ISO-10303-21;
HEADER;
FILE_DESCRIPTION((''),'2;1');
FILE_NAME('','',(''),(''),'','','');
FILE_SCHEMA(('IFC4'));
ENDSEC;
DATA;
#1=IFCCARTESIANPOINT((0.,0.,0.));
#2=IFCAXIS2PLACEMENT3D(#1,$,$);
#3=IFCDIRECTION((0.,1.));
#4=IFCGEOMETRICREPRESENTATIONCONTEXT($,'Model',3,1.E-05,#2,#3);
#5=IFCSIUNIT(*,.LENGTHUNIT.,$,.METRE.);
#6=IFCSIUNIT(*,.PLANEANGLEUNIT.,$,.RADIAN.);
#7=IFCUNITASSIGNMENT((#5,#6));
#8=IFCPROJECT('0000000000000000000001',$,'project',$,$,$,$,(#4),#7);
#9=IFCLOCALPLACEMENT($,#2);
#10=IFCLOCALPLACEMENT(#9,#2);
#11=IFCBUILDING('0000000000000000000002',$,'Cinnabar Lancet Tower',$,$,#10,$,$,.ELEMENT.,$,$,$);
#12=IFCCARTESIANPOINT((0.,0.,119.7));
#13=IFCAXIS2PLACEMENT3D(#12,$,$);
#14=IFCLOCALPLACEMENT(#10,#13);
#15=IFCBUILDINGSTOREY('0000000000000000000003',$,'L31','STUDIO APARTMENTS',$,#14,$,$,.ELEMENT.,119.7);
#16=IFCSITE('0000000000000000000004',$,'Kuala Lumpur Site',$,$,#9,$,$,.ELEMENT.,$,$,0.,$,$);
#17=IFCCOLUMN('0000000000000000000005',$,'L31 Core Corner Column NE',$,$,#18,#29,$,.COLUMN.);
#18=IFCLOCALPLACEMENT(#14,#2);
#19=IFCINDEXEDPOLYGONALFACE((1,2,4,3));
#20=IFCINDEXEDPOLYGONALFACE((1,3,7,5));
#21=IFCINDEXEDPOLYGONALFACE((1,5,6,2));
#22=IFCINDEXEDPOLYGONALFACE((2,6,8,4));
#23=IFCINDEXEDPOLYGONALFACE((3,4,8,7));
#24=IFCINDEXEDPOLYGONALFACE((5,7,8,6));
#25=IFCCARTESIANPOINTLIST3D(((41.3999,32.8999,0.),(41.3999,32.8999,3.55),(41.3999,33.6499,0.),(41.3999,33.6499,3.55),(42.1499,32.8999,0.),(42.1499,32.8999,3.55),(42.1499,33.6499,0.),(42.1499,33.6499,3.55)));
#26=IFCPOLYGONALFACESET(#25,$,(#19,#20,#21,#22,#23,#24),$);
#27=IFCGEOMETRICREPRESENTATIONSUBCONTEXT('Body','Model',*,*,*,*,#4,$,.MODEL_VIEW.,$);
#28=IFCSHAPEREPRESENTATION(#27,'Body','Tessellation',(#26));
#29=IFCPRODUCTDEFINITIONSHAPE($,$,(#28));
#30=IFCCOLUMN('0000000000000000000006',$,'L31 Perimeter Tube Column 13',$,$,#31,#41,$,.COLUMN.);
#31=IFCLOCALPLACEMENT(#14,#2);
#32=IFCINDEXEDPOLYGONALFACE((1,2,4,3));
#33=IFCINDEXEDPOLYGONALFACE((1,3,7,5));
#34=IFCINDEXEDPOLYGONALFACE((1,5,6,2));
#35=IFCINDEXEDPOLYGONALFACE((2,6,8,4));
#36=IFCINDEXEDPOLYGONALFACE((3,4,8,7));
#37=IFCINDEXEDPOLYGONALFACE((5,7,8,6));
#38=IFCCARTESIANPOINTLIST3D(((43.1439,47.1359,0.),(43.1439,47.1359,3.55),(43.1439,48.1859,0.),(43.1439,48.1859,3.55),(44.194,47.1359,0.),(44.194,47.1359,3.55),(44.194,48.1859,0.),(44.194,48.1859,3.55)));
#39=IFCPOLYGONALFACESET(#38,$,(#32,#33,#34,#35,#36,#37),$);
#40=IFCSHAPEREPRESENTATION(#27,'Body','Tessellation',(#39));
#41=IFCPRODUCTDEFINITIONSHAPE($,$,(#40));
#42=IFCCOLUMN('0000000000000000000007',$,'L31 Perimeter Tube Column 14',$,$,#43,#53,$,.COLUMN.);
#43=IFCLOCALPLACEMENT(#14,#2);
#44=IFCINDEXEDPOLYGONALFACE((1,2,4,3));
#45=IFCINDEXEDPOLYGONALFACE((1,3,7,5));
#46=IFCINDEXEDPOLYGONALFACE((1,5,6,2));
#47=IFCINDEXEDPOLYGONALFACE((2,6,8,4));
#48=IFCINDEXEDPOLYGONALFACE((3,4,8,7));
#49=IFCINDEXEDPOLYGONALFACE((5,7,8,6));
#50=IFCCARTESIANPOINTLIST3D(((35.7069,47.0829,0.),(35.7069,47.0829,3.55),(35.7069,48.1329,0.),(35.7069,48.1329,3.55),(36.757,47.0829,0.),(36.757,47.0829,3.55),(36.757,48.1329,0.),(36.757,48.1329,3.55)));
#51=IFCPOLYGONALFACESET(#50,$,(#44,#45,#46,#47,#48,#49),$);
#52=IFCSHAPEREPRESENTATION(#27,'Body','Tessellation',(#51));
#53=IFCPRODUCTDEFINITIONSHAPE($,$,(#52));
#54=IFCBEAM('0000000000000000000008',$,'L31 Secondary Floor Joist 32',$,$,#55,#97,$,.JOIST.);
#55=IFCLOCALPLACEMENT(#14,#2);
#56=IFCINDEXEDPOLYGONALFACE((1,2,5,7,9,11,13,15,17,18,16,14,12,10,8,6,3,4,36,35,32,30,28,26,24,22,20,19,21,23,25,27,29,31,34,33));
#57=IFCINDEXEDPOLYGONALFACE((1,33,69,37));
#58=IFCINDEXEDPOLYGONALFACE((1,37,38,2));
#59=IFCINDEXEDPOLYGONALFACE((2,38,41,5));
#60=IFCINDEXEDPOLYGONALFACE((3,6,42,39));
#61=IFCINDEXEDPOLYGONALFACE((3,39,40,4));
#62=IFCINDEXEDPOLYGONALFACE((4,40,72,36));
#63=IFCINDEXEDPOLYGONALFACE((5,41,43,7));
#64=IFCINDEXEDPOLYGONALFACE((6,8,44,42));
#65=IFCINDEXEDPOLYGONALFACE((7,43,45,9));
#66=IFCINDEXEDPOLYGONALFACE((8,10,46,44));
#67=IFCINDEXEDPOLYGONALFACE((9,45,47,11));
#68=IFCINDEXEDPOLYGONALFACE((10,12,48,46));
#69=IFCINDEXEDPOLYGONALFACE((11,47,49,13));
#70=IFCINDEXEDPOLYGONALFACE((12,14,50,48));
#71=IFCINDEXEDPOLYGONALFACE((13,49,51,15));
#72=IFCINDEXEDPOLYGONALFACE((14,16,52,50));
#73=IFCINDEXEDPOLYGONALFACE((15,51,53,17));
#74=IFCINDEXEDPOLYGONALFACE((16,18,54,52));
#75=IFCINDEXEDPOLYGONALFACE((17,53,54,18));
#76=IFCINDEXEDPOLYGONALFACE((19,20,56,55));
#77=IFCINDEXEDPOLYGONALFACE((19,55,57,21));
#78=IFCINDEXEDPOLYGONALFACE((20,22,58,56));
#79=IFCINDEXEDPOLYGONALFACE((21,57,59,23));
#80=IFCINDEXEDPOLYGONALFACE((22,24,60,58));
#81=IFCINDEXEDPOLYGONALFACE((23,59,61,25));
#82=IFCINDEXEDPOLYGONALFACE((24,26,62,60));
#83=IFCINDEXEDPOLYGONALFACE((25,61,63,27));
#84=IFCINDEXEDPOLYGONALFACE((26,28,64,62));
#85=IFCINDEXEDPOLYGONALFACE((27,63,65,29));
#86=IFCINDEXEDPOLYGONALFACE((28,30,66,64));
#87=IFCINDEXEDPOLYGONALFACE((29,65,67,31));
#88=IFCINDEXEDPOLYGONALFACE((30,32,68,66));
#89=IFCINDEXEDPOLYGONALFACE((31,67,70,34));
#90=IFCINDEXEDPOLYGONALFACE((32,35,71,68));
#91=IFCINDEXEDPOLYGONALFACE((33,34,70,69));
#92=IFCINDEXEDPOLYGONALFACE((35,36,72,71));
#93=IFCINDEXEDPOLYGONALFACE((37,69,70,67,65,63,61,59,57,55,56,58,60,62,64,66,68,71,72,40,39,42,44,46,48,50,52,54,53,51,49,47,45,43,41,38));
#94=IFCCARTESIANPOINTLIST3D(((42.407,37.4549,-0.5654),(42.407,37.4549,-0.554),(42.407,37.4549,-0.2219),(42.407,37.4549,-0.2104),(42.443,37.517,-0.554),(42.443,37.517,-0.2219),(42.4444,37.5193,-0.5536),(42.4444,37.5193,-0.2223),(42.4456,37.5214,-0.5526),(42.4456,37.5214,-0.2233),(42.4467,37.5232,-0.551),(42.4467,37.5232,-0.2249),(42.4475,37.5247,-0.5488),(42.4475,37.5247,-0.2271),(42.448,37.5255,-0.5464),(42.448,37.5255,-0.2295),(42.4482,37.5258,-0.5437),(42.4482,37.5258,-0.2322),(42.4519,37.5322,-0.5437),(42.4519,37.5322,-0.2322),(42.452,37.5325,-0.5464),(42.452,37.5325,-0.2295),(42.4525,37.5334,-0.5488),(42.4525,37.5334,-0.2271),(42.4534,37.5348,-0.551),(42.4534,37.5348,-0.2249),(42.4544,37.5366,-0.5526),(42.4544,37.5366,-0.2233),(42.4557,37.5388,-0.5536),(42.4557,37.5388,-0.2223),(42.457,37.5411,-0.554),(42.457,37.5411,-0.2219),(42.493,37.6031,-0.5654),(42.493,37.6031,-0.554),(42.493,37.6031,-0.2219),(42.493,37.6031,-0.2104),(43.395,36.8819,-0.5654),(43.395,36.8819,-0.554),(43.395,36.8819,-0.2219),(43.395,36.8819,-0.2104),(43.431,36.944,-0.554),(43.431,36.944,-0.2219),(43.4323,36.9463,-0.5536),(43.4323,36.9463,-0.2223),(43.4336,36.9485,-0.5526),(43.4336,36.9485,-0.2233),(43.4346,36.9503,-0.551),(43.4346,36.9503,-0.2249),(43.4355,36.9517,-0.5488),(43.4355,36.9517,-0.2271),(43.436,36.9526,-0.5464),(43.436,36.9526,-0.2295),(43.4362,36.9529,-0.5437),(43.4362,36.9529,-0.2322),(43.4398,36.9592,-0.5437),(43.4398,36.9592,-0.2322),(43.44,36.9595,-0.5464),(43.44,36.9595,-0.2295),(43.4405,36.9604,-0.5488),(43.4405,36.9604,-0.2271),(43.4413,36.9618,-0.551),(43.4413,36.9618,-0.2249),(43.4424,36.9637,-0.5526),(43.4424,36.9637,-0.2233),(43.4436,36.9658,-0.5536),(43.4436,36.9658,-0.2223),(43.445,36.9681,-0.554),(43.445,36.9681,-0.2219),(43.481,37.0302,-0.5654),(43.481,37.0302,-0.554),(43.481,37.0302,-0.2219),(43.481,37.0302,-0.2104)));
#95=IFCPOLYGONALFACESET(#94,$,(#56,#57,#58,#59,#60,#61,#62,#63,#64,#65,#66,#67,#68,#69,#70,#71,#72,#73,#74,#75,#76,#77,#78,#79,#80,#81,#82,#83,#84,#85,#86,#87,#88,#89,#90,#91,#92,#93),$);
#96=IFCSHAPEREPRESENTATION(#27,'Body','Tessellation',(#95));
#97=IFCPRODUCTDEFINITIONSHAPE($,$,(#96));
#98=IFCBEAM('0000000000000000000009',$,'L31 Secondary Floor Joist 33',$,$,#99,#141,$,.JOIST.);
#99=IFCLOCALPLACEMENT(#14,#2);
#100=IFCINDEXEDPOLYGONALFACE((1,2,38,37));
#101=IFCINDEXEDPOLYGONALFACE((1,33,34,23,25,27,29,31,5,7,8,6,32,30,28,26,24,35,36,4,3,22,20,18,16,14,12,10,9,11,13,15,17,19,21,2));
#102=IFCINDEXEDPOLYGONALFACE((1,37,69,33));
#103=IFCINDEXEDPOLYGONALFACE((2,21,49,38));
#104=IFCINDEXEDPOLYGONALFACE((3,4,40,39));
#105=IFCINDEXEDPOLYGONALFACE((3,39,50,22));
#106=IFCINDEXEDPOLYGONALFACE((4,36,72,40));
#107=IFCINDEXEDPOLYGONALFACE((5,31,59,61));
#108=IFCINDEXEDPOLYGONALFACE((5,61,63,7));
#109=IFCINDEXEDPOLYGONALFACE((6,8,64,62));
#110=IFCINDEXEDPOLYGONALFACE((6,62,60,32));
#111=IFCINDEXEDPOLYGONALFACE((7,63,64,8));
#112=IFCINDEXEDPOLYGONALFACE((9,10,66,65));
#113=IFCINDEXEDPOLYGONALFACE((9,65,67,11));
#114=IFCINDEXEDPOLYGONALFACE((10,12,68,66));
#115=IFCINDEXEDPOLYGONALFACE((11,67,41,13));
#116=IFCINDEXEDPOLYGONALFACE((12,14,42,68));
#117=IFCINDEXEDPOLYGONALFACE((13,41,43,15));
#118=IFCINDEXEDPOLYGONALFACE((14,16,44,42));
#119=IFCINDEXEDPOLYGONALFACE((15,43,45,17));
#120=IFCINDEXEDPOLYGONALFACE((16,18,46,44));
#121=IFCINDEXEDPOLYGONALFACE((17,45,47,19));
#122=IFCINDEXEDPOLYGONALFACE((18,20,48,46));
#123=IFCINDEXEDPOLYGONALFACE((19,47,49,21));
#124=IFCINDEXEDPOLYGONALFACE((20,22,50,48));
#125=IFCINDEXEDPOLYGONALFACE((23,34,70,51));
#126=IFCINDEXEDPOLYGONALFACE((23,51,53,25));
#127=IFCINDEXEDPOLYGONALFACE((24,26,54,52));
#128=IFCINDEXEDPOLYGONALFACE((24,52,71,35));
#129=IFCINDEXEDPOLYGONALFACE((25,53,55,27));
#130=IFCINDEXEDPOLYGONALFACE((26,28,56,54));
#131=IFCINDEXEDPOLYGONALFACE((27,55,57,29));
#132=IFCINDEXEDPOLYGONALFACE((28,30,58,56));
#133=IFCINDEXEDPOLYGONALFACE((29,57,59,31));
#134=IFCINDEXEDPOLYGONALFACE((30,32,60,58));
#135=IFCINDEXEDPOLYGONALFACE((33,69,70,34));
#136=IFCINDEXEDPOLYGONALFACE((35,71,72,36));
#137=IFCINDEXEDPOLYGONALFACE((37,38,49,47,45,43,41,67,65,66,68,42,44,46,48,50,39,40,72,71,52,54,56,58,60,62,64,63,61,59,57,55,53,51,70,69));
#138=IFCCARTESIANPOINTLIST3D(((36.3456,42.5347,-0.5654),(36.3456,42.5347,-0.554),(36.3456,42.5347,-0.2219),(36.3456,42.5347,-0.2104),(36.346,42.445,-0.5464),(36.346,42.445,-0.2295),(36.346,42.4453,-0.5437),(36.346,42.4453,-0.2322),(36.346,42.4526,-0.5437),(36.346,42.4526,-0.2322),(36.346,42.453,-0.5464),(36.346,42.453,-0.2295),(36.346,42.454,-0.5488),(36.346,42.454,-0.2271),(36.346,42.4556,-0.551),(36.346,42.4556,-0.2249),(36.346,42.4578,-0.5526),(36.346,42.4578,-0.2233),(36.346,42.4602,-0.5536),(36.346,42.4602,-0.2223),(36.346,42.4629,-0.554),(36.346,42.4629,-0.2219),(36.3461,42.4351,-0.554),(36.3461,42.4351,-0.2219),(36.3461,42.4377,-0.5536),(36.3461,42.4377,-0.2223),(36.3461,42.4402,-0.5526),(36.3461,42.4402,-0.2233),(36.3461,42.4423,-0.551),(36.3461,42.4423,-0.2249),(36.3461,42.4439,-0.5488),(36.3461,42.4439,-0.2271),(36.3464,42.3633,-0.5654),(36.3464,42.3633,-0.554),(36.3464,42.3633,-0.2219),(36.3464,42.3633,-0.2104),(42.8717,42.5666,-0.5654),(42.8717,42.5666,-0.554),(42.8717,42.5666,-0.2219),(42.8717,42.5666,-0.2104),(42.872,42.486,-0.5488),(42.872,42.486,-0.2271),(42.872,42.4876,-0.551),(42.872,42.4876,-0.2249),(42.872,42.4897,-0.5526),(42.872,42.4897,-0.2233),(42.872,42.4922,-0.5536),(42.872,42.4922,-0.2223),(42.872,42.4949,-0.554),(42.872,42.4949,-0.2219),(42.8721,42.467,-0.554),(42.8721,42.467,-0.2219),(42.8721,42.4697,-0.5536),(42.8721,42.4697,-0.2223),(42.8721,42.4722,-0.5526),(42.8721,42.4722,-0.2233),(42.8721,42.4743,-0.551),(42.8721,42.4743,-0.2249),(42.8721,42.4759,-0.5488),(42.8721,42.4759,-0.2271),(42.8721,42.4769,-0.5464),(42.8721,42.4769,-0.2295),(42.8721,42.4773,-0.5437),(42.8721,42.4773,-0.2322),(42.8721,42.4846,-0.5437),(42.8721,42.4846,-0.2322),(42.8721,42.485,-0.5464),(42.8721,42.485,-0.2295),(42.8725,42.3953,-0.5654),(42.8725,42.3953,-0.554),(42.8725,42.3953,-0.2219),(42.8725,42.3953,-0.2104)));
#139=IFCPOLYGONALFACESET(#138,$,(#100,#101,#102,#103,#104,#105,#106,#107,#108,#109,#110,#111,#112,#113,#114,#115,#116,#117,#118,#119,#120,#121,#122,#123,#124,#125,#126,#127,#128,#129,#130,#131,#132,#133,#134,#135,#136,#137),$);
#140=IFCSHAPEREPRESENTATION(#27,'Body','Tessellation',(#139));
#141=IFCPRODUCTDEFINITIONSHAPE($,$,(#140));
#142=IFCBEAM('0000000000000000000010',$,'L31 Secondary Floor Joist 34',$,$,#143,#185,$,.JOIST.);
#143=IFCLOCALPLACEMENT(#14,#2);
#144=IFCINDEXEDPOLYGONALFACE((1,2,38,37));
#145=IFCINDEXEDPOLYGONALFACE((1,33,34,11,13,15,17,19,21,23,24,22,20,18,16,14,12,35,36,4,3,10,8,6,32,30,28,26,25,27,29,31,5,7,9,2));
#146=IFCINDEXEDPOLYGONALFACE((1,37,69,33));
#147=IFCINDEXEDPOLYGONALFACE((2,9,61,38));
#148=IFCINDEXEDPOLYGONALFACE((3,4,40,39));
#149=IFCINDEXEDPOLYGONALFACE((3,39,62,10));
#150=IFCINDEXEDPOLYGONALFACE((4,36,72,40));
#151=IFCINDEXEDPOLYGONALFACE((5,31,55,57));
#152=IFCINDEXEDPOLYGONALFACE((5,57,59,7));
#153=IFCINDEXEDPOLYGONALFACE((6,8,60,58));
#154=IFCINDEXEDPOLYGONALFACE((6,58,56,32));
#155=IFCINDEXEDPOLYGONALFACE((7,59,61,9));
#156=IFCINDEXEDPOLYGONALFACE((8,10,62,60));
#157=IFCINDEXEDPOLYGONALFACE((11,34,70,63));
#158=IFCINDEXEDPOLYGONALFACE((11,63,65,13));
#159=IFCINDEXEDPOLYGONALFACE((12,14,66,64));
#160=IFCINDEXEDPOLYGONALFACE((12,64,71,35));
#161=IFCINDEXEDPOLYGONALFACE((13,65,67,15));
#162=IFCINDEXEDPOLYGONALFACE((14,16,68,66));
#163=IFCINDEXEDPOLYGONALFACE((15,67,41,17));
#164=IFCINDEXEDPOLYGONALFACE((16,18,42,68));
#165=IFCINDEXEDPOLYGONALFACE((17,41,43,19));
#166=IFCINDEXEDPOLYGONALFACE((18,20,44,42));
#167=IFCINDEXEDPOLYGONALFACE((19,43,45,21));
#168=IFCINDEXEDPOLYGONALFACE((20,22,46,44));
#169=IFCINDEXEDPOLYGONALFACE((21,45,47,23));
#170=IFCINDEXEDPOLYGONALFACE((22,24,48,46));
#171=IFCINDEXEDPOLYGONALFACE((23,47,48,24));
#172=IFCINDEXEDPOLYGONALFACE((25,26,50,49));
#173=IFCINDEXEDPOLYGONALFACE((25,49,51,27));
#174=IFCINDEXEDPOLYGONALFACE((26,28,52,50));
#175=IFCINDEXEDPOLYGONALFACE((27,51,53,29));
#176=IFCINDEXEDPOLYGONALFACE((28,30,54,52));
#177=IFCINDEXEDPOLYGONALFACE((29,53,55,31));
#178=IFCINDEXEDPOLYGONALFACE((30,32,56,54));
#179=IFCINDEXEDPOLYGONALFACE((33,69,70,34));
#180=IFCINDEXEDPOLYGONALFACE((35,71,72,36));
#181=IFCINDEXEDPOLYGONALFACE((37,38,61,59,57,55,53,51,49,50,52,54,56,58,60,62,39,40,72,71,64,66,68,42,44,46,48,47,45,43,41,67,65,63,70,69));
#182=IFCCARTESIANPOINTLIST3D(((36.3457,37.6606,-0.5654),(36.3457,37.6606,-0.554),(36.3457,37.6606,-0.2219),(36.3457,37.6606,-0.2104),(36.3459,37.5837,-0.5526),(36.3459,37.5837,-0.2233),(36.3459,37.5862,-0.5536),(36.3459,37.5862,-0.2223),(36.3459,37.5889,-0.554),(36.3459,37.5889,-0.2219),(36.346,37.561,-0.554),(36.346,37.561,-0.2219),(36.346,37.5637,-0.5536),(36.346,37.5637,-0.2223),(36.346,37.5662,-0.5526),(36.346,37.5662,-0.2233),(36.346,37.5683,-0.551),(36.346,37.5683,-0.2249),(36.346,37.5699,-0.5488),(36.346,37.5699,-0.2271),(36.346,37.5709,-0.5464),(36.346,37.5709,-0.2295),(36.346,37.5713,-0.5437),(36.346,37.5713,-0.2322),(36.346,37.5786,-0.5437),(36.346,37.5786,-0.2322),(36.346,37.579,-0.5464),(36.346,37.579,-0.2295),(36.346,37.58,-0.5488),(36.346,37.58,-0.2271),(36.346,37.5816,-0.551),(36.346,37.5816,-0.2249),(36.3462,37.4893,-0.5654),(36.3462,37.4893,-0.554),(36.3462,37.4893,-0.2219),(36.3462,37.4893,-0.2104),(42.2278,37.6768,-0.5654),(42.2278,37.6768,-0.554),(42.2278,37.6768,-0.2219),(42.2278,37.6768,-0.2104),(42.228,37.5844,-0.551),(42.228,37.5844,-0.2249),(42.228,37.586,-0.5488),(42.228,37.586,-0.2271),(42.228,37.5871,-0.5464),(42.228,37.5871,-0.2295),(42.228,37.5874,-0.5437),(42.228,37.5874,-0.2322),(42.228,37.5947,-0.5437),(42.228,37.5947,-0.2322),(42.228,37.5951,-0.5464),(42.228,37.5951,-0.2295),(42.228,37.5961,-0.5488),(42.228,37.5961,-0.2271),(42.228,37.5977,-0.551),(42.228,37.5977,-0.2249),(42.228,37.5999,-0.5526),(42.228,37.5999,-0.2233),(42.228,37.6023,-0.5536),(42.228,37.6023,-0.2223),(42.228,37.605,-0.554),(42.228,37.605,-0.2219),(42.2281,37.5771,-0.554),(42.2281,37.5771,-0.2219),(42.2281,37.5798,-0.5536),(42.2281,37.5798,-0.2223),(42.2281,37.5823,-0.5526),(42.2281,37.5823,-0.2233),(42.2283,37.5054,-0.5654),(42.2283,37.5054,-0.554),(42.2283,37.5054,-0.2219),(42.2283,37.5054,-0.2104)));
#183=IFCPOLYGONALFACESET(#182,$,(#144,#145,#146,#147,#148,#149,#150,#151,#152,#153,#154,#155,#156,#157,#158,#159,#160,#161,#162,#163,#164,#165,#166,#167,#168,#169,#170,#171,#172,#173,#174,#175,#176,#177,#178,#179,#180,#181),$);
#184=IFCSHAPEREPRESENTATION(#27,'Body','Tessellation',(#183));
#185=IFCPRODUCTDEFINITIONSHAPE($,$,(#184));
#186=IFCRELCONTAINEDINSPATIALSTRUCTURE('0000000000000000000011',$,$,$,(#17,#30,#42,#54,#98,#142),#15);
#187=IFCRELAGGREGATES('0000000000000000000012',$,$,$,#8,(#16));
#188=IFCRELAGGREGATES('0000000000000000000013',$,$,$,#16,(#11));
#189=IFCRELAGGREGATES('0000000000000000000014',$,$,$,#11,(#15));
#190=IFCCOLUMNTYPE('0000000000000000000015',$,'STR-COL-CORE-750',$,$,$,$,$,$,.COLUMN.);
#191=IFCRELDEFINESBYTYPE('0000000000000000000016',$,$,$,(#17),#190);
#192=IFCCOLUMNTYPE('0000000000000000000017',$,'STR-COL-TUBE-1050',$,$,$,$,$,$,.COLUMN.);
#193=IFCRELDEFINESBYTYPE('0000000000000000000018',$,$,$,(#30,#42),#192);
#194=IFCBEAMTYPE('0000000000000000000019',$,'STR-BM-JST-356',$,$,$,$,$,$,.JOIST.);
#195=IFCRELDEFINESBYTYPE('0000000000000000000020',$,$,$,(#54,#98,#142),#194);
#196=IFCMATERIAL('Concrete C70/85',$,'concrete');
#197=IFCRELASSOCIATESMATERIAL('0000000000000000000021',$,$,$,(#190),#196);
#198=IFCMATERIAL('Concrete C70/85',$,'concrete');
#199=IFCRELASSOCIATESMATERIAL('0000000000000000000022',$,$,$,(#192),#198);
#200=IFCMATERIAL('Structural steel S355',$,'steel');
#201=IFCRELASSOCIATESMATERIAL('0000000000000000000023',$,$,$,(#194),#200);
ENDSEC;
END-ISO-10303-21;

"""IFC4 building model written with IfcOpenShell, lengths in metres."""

from ifc_helpers import new_model, si_unit, direction, frame, origin, origin_2d, place, context, subcontext, project, spatial, rectangle, i_section, extrude, material, material_profile, profile_set, type_object, element, save


model = new_model("IFC4")

# Units and contexts
model_context = context("Model", 3, precision=1e-05, world=origin(), true_north=direction((0.0, 1.0)))
body_context = subcontext(model_context, "Body", "Model", "MODEL_VIEW")
ifc_project = project(units=[si_unit("LENGTHUNIT", "METRE"), si_unit("PLANEANGLEUNIT", "RADIAN")], contexts=[model_context])

# Site, building, storey
site_placement = place(None, origin())
site = spatial("IfcSite", under=ifc_project, at=site_placement, Name="Kuala Lumpur Site", CompositionType="ELEMENT", RefElevation=0.0)
building_placement = place(site_placement, origin())
building = spatial("IfcBuilding", under=site, at=building_placement, Name="Cinnabar Lancet Tower", CompositionType="ELEMENT")
storey_placement = place(building_placement, frame((0.0, 0.0, 119.7)))
storey = spatial("IfcBuildingStorey", under=building, at=storey_placement, Name="L31", Description="STUDIO APARTMENTS", CompositionType="ELEMENT", Elevation=119.7)

# Columns
ifc_material_1 = material(Name="Concrete C70/85", Category="concrete")
ifc_material_profile_1 = material_profile(ifc_material_1, rectangle(XDim=0.75, YDim=0.75, at=origin_2d()), Name="RC-COL 750x750")
ifc_profile_set_1 = profile_set([ifc_material_profile_1], Name="Concrete C70/85")
column_type_1 = type_object("IfcColumnType", Name="STR-COL-CORE-750", PredefinedType="COLUMN", material=ifc_profile_set_1)
column_placement = place(storey_placement, frame((41.7749, 33.2749, 0.0), z_axis=(0.0, 0.0, 1.0), x_axis=(1.0, 0.0, 0.0)))
element("IfcColumn", 1, at=column_placement, inside=storey, type_object=column_type_1, Name="L31 Core Corner Column NE", PredefinedType="COLUMN", context=body_context, shape_type="SweptSolid", body=[
    extrude(rectangle(XDim=0.75, YDim=0.75, at=origin_2d()), origin(), (0.0, 0.0, 1.0), 3.55),
])
ifc_material_2 = material(Name="Concrete C70/85", Category="concrete")
ifc_material_profile_2 = material_profile(ifc_material_2, rectangle(XDim=1.05, YDim=1.05, at=origin_2d()), Name="RC-COL 1050x1050")
ifc_profile_set_2 = profile_set([ifc_material_profile_2], Name="Concrete C70/85")
column_type_2 = type_object("IfcColumnType", Name="STR-COL-TUBE-1050", PredefinedType="COLUMN", material=ifc_profile_set_2)
for number, where, z_axis, x_axis, name in (
    (2, (43.6689, 47.6609, 0.0), (0.0, 0.0, 1.0), (1.0, 0.0, 0.0), "L31 Perimeter Tube Column 13"),
    (3, (36.2319, 47.6079, 0.0), (0.0, 0.0, 1.0), (1.0, 0.0, 0.0), "L31 Perimeter Tube Column 14"),
):
    element("IfcColumn", number, at=place(storey_placement, frame(where, z_axis=z_axis, x_axis=x_axis)), inside=storey, type_object=column_type_2, Name=name, PredefinedType="COLUMN", context=body_context, shape_type="SweptSolid", body=[
        extrude(rectangle(XDim=1.05, YDim=1.05, at=origin_2d()), origin(), (0.0, 0.0, 1.0), 3.55),
    ])

# Beams
ifc_material_3 = material(Name="Structural steel S355", Category="steel")
ifc_material_profile_3 = material_profile(ifc_material_3, i_section(OverallWidth=0.1714, OverallDepth=0.355, WebThickness=0.0073, FlangeThickness=0.0115, FilletRadius=0.0103, at=origin_2d()), Name="UKB 356x171x51")
ifc_profile_set_3 = profile_set([ifc_material_profile_3], Name="Structural steel S355")
beam_type_1 = type_object("IfcBeamType", Name="STR-BM-JST-356", PredefinedType="JOIST", material=ifc_profile_set_3)
beam_1_placement = place(storey_placement, frame((43.438, 36.9561, -0.3879), z_axis=(-0.865055, 0.501677, 0.0), x_axis=(-0.501677, -0.865055, 0.0)))
element("IfcBeam", 4, at=beam_1_placement, inside=storey, type_object=beam_type_1, Name="L31 Secondary Floor Joist 32", PredefinedType="JOIST", context=body_context, shape_type="SweptSolid", body=[
    extrude(i_section(OverallWidth=0.1714, OverallDepth=0.355, WebThickness=0.0073, FlangeThickness=0.0115, FilletRadius=0.0103, at=origin_2d()), origin(), (0.0, 0.0, 1.0), 1.1421),
])
beam_2_placement = place(storey_placement, frame((42.8721, 42.481, -0.3879), z_axis=(-0.999988, -0.004901, 0.0), x_axis=(0.004901, -0.999988, 0.0)))
element("IfcBeam", 5, at=beam_2_placement, inside=storey, type_object=beam_type_1, Name="L31 Secondary Floor Joist 33", PredefinedType="JOIST", context=body_context, shape_type="SweptSolid", body=[
    extrude(i_section(OverallWidth=0.1714, OverallDepth=0.355, WebThickness=0.0073, FlangeThickness=0.0115, FilletRadius=0.0103, at=origin_2d()), origin(), (0.0, 0.0, 1.0), 6.5261),
])
beam_3_placement = place(storey_placement, frame((42.228, 37.5911, -0.3879), z_axis=(-0.999996, -0.002739, 0.0), x_axis=(0.002739, -0.999996, 0.0)))
element("IfcBeam", 6, at=beam_3_placement, inside=storey, type_object=beam_type_1, Name="L31 Secondary Floor Joist 34", PredefinedType="JOIST", context=body_context, shape_type="SweptSolid", body=[
    extrude(i_section(OverallWidth=0.1714, OverallDepth=0.355, WebThickness=0.0073, FlangeThickness=0.0115, FilletRadius=0.0103, at=origin_2d()), origin(), (0.0, 0.0, 1.0), 5.8821),
])

save(model, "model.ifc")
